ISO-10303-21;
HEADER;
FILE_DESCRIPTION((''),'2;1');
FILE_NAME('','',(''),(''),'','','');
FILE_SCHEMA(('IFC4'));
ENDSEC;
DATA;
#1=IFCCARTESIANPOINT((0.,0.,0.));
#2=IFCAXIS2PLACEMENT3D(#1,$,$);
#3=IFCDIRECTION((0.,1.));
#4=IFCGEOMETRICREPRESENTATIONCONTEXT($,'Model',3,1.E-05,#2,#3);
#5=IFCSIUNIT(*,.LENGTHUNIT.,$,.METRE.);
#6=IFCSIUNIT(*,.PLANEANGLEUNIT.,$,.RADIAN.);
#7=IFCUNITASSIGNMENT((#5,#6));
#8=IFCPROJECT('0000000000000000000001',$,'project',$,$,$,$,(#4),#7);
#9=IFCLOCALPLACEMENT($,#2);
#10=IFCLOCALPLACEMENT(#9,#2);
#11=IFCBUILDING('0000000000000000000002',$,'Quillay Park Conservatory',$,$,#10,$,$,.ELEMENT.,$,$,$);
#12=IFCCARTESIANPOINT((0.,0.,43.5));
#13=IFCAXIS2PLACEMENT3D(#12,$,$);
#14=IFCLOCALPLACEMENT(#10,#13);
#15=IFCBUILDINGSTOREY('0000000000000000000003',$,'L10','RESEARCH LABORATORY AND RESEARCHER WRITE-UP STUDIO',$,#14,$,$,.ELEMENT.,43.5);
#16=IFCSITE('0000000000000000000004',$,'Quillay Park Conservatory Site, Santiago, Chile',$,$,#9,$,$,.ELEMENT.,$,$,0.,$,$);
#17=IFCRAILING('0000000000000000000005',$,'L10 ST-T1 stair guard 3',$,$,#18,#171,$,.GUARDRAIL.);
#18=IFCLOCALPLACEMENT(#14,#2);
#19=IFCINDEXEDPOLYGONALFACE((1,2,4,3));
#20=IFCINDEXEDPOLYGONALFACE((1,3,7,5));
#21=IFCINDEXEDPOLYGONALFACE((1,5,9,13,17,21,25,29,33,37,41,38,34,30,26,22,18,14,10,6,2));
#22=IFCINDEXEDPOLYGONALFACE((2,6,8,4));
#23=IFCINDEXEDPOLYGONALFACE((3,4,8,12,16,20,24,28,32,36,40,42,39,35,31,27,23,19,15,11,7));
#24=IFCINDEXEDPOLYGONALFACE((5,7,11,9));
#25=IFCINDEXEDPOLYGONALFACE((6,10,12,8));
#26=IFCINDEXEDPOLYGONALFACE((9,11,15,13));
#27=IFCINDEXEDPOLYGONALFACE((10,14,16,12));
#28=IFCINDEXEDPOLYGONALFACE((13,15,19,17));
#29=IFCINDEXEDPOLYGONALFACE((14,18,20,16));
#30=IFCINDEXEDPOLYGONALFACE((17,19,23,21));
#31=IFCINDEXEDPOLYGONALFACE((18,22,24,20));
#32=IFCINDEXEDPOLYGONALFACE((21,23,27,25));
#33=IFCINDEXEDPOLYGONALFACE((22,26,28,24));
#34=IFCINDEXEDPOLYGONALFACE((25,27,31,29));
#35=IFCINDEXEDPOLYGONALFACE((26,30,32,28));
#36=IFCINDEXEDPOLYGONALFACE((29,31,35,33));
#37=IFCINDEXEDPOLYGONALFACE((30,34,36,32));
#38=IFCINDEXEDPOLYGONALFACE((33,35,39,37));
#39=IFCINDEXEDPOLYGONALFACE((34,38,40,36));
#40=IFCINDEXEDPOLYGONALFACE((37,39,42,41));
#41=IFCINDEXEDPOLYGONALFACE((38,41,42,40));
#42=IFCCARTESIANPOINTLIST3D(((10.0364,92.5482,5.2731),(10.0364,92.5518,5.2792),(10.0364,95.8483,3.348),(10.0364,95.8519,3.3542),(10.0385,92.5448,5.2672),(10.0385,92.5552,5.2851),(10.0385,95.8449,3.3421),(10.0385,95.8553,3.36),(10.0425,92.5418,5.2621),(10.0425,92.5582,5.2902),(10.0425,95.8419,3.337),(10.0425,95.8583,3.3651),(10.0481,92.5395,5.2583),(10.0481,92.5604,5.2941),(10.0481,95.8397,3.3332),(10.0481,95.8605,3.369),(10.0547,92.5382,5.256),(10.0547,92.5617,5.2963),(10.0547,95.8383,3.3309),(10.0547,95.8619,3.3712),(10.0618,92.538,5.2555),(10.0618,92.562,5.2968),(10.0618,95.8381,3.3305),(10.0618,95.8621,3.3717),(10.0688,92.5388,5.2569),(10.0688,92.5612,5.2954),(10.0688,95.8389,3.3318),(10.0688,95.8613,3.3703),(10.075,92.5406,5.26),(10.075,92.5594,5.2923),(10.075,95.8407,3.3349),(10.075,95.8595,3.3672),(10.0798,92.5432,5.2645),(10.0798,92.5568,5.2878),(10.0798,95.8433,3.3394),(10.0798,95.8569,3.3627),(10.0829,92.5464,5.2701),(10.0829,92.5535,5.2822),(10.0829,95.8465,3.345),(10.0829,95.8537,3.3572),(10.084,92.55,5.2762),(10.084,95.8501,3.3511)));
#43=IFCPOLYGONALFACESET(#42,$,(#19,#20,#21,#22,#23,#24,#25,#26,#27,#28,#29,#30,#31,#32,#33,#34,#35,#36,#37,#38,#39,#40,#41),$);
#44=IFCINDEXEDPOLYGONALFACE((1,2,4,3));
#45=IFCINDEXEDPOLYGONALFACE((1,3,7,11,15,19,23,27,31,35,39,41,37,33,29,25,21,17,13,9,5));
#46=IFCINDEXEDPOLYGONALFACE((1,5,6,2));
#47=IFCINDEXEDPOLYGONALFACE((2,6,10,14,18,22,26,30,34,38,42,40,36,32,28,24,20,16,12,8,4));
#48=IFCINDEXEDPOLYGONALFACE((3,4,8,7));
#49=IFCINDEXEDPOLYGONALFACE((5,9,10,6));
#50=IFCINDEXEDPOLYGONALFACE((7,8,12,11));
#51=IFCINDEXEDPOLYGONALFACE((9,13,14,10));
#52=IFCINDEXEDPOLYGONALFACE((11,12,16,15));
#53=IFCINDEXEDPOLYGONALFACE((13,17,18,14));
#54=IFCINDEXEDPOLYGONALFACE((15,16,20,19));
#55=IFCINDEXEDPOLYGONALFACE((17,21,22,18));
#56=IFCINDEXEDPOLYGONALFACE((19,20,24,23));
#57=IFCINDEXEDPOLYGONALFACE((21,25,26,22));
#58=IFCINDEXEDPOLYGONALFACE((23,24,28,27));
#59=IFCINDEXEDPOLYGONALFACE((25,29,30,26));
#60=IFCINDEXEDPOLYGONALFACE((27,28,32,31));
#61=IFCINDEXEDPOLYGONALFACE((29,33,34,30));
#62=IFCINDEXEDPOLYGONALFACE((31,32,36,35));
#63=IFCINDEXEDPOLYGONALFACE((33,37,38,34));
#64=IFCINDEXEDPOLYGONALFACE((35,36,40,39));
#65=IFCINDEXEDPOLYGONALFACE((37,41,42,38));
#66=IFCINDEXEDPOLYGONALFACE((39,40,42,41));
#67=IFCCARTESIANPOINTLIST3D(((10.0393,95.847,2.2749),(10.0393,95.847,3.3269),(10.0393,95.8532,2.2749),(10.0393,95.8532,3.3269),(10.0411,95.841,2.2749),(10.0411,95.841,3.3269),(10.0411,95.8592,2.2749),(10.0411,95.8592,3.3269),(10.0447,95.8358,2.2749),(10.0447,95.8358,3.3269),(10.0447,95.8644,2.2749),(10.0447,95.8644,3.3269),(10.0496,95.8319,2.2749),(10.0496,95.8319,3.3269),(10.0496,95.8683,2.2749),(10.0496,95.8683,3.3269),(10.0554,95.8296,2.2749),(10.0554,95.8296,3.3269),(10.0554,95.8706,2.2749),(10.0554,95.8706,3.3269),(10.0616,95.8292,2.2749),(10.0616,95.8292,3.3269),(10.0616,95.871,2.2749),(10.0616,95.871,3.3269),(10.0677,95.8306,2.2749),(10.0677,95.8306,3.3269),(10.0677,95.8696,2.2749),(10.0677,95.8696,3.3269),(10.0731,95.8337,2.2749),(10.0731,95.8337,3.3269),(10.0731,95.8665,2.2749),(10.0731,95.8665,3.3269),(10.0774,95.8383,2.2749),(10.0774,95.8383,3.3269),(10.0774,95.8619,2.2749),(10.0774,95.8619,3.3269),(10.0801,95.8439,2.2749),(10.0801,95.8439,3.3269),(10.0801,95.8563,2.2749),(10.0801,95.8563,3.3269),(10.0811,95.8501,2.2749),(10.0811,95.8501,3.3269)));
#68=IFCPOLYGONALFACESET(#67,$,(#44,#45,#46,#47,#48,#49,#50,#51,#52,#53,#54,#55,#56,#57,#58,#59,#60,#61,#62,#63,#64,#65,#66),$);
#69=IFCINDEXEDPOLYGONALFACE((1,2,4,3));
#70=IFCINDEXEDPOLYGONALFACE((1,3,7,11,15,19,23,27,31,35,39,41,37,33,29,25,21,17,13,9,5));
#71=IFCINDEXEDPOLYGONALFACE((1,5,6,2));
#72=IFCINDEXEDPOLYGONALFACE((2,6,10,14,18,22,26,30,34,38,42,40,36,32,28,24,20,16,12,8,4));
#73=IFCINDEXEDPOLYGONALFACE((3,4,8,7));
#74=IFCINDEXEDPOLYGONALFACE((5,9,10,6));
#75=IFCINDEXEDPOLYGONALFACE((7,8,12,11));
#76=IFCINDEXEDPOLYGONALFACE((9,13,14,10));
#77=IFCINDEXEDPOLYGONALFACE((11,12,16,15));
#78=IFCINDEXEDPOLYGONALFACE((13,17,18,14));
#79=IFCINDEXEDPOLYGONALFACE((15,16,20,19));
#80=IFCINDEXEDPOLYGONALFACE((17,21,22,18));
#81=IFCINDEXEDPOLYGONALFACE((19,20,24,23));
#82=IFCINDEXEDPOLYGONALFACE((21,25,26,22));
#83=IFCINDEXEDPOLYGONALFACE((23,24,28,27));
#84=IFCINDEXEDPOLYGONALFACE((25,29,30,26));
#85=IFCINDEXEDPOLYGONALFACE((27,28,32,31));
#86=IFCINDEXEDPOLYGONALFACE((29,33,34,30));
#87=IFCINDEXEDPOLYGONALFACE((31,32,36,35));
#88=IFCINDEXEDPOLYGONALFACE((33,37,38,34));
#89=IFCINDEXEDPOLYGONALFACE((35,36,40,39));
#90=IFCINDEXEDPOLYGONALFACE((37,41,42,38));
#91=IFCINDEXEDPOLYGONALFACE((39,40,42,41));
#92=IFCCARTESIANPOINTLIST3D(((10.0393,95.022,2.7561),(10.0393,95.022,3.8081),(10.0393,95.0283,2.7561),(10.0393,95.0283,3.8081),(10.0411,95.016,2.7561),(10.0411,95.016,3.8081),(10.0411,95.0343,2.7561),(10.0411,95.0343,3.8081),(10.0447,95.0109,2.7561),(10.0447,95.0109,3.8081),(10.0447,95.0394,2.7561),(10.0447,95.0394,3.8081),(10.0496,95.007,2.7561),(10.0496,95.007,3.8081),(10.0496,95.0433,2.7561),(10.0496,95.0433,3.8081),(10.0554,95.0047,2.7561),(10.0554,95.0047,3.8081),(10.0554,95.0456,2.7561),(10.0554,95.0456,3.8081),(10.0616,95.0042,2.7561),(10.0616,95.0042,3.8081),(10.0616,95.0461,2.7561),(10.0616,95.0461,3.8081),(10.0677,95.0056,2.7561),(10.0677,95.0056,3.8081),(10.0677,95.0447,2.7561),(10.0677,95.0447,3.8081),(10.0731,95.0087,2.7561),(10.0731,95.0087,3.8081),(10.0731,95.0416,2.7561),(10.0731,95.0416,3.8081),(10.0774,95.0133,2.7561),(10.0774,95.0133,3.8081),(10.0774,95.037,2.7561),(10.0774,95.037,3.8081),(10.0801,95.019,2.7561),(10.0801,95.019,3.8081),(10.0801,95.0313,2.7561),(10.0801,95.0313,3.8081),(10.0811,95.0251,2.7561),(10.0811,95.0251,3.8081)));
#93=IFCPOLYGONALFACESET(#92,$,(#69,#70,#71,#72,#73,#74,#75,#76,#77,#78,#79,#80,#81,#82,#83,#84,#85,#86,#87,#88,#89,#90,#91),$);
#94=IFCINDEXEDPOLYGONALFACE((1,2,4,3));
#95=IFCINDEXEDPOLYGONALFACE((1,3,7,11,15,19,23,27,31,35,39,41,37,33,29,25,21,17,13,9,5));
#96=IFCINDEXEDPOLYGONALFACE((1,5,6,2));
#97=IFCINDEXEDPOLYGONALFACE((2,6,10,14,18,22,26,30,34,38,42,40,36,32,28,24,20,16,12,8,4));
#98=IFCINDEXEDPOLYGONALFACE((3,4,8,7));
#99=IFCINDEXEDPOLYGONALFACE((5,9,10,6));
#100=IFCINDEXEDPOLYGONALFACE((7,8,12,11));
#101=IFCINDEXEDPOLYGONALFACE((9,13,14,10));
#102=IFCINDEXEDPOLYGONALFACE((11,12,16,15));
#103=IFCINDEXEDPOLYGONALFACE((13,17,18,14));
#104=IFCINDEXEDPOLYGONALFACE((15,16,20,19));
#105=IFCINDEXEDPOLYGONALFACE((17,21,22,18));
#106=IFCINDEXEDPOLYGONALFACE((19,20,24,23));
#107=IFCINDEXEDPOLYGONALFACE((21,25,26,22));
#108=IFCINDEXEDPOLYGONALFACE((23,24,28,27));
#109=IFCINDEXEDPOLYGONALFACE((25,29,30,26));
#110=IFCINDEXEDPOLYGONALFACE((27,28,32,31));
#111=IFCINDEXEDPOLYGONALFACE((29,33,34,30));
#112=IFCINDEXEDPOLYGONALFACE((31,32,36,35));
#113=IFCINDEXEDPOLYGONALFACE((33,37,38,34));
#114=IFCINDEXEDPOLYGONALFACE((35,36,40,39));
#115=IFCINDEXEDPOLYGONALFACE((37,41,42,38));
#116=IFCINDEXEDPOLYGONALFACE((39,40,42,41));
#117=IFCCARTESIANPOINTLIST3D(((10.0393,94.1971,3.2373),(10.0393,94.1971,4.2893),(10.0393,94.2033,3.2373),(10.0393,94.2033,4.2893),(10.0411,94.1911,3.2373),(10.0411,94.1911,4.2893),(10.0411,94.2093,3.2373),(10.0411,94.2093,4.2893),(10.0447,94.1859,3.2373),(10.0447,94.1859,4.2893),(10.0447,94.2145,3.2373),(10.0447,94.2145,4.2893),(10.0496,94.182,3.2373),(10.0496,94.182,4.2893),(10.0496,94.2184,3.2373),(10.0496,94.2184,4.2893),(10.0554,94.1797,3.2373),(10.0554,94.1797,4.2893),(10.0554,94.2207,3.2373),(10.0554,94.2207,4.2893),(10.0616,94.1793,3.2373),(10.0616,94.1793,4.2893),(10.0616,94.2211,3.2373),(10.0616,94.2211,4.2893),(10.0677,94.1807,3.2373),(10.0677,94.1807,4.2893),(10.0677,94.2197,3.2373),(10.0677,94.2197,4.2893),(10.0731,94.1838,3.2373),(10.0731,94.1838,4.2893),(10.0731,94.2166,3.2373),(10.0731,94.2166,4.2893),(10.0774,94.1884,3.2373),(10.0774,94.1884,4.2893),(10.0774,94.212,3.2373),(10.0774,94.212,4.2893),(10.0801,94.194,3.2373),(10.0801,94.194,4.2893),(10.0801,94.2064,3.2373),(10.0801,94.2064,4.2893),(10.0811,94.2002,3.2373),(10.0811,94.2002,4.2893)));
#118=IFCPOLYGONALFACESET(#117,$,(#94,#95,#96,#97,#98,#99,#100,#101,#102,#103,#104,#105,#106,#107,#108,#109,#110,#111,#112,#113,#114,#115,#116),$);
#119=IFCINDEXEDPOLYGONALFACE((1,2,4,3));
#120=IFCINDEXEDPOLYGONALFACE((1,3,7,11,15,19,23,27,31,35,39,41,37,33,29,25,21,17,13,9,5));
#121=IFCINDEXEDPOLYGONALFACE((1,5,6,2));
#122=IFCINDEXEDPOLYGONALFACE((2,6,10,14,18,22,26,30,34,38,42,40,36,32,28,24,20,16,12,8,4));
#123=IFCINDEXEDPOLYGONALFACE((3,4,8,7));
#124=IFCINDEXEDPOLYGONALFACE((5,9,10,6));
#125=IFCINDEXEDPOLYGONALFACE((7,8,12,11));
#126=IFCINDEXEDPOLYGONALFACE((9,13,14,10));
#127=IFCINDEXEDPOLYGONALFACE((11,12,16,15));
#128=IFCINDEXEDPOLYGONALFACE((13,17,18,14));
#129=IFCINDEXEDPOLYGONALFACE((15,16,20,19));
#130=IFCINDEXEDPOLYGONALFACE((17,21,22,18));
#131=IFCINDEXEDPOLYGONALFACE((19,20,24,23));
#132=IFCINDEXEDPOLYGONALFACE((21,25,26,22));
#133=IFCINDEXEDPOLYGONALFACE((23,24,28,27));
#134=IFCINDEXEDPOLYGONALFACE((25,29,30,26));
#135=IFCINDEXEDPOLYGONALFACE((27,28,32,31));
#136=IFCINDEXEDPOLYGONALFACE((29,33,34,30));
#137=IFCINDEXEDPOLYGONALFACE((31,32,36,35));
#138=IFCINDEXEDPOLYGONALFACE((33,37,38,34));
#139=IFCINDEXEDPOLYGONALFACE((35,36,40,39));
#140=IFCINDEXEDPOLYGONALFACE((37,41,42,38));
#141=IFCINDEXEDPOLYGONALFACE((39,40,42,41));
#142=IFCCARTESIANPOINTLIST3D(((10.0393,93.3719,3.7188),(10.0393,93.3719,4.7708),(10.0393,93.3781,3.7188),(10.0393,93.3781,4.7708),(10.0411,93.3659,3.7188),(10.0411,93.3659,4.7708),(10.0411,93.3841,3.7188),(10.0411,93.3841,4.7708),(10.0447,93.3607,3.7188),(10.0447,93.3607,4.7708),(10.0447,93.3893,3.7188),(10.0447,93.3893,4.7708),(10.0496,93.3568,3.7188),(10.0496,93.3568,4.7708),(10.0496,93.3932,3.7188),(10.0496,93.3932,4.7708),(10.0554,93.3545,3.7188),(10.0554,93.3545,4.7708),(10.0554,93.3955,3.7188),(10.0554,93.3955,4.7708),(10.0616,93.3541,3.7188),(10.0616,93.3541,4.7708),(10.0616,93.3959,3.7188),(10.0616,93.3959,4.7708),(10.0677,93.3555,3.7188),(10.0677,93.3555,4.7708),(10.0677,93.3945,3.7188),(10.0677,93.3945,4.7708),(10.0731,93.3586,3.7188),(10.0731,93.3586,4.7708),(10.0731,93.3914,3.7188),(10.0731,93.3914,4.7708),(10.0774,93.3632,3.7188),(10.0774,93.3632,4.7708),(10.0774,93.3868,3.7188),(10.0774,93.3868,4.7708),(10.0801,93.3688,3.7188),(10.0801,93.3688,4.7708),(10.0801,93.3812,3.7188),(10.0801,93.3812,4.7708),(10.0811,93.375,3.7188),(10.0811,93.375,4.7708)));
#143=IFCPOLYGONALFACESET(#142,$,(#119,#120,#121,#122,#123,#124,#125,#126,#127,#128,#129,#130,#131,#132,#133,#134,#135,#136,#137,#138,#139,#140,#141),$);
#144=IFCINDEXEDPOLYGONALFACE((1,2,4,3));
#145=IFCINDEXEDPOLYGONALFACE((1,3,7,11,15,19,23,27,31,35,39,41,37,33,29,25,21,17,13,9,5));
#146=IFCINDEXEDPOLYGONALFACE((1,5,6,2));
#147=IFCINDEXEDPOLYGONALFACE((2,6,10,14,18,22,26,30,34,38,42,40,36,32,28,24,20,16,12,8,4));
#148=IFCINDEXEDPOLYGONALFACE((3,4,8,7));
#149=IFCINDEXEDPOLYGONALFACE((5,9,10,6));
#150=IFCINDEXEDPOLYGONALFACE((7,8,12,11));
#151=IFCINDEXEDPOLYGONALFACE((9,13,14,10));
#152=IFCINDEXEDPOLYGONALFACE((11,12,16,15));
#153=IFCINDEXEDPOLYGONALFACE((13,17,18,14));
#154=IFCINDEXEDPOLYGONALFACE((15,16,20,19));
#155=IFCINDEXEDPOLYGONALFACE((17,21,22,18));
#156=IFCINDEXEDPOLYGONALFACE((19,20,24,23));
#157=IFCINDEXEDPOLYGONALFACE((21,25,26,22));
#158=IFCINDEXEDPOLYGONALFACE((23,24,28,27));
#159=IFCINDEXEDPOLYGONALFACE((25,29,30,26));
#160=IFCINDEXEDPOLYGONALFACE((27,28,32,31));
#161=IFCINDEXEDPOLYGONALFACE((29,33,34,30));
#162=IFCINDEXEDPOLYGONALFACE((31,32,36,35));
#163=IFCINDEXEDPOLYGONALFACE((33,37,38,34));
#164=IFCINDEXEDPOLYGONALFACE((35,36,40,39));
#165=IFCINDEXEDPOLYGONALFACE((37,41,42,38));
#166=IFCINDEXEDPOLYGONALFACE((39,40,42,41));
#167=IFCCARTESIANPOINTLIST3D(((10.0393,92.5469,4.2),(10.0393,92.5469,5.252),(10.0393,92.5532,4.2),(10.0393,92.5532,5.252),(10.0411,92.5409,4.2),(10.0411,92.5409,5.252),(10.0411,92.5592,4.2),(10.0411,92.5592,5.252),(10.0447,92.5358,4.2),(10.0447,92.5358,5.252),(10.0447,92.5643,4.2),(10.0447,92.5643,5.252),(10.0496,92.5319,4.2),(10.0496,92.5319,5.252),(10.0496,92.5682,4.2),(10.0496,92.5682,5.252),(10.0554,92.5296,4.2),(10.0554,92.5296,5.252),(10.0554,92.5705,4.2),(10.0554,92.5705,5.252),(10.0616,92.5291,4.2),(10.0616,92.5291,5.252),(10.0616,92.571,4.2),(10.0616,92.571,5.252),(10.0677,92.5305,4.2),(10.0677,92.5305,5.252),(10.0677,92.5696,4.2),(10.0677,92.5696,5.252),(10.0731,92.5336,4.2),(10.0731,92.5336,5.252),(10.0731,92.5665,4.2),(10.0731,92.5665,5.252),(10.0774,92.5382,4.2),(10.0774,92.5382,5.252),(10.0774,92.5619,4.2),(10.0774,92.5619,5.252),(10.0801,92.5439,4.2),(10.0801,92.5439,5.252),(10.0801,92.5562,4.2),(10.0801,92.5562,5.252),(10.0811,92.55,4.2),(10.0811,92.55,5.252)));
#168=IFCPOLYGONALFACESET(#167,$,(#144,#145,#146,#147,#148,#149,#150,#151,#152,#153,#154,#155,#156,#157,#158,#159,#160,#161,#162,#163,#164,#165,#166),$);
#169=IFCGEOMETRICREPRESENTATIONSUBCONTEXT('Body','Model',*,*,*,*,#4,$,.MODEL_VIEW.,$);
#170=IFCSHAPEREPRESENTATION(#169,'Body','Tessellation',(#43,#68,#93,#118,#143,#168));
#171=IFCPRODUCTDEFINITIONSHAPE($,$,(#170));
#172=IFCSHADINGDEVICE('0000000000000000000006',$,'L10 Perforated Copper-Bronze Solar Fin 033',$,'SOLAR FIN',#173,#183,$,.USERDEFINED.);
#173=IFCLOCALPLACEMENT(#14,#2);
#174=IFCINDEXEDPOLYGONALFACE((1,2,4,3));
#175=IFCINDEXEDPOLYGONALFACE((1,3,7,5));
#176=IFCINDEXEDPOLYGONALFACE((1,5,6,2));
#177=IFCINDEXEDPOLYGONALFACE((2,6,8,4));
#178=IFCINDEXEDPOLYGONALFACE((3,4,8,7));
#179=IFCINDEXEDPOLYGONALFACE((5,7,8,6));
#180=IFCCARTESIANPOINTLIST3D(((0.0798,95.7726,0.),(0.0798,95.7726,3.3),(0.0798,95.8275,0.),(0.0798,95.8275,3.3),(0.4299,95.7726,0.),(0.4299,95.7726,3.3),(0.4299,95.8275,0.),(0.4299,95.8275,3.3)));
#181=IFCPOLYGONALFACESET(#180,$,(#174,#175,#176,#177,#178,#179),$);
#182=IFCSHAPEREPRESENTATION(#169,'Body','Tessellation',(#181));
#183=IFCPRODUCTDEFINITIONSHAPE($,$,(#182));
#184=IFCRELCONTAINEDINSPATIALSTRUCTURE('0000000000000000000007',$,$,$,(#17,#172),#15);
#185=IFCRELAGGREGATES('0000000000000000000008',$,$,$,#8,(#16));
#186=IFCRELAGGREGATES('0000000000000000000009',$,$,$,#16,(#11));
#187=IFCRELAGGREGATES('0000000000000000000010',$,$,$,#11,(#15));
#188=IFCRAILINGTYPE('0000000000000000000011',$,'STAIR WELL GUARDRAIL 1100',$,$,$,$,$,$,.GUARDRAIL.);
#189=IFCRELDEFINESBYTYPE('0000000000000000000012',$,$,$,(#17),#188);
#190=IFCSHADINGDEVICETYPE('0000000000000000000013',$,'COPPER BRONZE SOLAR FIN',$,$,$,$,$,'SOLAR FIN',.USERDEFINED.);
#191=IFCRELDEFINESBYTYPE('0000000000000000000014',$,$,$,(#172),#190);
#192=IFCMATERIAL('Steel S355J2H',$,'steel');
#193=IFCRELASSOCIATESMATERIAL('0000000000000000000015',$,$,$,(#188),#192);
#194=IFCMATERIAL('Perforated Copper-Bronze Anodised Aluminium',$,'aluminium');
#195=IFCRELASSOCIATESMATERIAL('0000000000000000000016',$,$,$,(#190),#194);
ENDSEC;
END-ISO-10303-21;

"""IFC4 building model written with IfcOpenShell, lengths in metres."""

from ifc_helpers import new_model, si_unit, direction, frame, origin, origin_2d, place, context, subcontext, project, spatial, rectangle, circle, extrude, material, type_object, element, save


model = new_model("IFC4")

# Units and contexts
model_context = context("Model", 3, precision=1e-05, world=origin(), true_north=direction((0.0, 1.0)))
body_context = subcontext(model_context, "Body", "Model", "MODEL_VIEW")
ifc_project = project(units=[si_unit("LENGTHUNIT", "METRE"), si_unit("PLANEANGLEUNIT", "RADIAN")], contexts=[model_context])

# Site, building, storey
site_placement = place(None, origin())
site = spatial("IfcSite", under=ifc_project, at=site_placement, Name="Quillay Park Conservatory Site, Santiago, Chile", CompositionType="ELEMENT", RefElevation=0.0)
building_placement = place(site_placement, origin())
building = spatial("IfcBuilding", under=site, at=building_placement, Name="Quillay Park Conservatory", CompositionType="ELEMENT")
storey_placement = place(building_placement, frame((0.0, 0.0, 43.5)))
storey = spatial("IfcBuildingStorey", under=building, at=storey_placement, Name="L10", Description="RESEARCH LABORATORY AND RESEARCHER WRITE-UP STUDIO", CompositionType="ELEMENT", Elevation=43.5)

# Railing
ifc_material_1 = material(Name="Steel S355J2H", Category="steel")
railing_type_1 = type_object("IfcRailingType", Name="STAIR WELL GUARDRAIL 1100", PredefinedType="GUARDRAIL", material=ifc_material_1)
railing_1_placement = place(storey_placement, frame((10.0601, 95.8501, 2.2749)))
element("IfcRailing", 1, at=railing_1_placement, inside=storey, type_object=railing_type_1, Name="L10 ST-T1 stair guard 3", PredefinedType="GUARDRAIL", context=body_context, shape_type="SweptSolid", body=[
    extrude(circle(Radius=0.0239, at=origin_2d()), frame((0.0, 0.0, 1.0762), z_axis=(0.0, -0.863777, 0.503875), x_axis=(1.0, 0.0, 0.0)), (0.0, 0.0, 1.0), 3.8206),
    extrude(circle(Radius=0.021, at=origin_2d()), origin(), (0.0, 0.0, 1.0), 1.052),
    extrude(circle(Radius=0.021, at=origin_2d()), frame((0.0, -0.825, 0.4812)), (0.0, 0.0, 1.0), 1.052),
    extrude(circle(Radius=0.021, at=origin_2d()), frame((0.0, -1.6499, 0.9624)), (0.0, 0.0, 1.0), 1.052),
    extrude(circle(Radius=0.021, at=origin_2d()), frame((0.0, -2.4751, 1.4438)), (0.0, 0.0, 1.0), 1.052),
    extrude(circle(Radius=0.021, at=origin_2d()), frame((0.0, -3.3, 1.925)), (0.0, 0.0, 1.0), 1.052),
])

# Shading device
ifc_material_2 = material(Name="Perforated Copper-Bronze Anodised Aluminium", Category="aluminium")
shading_device_type = type_object("IfcShadingDeviceType", Name="COPPER BRONZE SOLAR FIN", ElementType="SOLAR FIN", PredefinedType="USERDEFINED", material=ifc_material_2)
shading_device_placement = place(storey_placement, frame((0.2549, 95.8, 0.0), z_axis=(0.0, 0.0, 1.0), x_axis=(1.0, 0.0, 0.0)))
element("IfcShadingDevice", 2, at=shading_device_placement, inside=storey, type_object=shading_device_type, Name="L10 Perforated Copper-Bronze Solar Fin 033", ObjectType="SOLAR FIN", PredefinedType="USERDEFINED", context=body_context, shape_type="SweptSolid", body=[
    extrude(rectangle(XDim=0.3501, YDim=0.0549, at=origin_2d()), origin(), (0.0, 0.0, 1.0), 3.3),
])

save(model, "model.ifc")
